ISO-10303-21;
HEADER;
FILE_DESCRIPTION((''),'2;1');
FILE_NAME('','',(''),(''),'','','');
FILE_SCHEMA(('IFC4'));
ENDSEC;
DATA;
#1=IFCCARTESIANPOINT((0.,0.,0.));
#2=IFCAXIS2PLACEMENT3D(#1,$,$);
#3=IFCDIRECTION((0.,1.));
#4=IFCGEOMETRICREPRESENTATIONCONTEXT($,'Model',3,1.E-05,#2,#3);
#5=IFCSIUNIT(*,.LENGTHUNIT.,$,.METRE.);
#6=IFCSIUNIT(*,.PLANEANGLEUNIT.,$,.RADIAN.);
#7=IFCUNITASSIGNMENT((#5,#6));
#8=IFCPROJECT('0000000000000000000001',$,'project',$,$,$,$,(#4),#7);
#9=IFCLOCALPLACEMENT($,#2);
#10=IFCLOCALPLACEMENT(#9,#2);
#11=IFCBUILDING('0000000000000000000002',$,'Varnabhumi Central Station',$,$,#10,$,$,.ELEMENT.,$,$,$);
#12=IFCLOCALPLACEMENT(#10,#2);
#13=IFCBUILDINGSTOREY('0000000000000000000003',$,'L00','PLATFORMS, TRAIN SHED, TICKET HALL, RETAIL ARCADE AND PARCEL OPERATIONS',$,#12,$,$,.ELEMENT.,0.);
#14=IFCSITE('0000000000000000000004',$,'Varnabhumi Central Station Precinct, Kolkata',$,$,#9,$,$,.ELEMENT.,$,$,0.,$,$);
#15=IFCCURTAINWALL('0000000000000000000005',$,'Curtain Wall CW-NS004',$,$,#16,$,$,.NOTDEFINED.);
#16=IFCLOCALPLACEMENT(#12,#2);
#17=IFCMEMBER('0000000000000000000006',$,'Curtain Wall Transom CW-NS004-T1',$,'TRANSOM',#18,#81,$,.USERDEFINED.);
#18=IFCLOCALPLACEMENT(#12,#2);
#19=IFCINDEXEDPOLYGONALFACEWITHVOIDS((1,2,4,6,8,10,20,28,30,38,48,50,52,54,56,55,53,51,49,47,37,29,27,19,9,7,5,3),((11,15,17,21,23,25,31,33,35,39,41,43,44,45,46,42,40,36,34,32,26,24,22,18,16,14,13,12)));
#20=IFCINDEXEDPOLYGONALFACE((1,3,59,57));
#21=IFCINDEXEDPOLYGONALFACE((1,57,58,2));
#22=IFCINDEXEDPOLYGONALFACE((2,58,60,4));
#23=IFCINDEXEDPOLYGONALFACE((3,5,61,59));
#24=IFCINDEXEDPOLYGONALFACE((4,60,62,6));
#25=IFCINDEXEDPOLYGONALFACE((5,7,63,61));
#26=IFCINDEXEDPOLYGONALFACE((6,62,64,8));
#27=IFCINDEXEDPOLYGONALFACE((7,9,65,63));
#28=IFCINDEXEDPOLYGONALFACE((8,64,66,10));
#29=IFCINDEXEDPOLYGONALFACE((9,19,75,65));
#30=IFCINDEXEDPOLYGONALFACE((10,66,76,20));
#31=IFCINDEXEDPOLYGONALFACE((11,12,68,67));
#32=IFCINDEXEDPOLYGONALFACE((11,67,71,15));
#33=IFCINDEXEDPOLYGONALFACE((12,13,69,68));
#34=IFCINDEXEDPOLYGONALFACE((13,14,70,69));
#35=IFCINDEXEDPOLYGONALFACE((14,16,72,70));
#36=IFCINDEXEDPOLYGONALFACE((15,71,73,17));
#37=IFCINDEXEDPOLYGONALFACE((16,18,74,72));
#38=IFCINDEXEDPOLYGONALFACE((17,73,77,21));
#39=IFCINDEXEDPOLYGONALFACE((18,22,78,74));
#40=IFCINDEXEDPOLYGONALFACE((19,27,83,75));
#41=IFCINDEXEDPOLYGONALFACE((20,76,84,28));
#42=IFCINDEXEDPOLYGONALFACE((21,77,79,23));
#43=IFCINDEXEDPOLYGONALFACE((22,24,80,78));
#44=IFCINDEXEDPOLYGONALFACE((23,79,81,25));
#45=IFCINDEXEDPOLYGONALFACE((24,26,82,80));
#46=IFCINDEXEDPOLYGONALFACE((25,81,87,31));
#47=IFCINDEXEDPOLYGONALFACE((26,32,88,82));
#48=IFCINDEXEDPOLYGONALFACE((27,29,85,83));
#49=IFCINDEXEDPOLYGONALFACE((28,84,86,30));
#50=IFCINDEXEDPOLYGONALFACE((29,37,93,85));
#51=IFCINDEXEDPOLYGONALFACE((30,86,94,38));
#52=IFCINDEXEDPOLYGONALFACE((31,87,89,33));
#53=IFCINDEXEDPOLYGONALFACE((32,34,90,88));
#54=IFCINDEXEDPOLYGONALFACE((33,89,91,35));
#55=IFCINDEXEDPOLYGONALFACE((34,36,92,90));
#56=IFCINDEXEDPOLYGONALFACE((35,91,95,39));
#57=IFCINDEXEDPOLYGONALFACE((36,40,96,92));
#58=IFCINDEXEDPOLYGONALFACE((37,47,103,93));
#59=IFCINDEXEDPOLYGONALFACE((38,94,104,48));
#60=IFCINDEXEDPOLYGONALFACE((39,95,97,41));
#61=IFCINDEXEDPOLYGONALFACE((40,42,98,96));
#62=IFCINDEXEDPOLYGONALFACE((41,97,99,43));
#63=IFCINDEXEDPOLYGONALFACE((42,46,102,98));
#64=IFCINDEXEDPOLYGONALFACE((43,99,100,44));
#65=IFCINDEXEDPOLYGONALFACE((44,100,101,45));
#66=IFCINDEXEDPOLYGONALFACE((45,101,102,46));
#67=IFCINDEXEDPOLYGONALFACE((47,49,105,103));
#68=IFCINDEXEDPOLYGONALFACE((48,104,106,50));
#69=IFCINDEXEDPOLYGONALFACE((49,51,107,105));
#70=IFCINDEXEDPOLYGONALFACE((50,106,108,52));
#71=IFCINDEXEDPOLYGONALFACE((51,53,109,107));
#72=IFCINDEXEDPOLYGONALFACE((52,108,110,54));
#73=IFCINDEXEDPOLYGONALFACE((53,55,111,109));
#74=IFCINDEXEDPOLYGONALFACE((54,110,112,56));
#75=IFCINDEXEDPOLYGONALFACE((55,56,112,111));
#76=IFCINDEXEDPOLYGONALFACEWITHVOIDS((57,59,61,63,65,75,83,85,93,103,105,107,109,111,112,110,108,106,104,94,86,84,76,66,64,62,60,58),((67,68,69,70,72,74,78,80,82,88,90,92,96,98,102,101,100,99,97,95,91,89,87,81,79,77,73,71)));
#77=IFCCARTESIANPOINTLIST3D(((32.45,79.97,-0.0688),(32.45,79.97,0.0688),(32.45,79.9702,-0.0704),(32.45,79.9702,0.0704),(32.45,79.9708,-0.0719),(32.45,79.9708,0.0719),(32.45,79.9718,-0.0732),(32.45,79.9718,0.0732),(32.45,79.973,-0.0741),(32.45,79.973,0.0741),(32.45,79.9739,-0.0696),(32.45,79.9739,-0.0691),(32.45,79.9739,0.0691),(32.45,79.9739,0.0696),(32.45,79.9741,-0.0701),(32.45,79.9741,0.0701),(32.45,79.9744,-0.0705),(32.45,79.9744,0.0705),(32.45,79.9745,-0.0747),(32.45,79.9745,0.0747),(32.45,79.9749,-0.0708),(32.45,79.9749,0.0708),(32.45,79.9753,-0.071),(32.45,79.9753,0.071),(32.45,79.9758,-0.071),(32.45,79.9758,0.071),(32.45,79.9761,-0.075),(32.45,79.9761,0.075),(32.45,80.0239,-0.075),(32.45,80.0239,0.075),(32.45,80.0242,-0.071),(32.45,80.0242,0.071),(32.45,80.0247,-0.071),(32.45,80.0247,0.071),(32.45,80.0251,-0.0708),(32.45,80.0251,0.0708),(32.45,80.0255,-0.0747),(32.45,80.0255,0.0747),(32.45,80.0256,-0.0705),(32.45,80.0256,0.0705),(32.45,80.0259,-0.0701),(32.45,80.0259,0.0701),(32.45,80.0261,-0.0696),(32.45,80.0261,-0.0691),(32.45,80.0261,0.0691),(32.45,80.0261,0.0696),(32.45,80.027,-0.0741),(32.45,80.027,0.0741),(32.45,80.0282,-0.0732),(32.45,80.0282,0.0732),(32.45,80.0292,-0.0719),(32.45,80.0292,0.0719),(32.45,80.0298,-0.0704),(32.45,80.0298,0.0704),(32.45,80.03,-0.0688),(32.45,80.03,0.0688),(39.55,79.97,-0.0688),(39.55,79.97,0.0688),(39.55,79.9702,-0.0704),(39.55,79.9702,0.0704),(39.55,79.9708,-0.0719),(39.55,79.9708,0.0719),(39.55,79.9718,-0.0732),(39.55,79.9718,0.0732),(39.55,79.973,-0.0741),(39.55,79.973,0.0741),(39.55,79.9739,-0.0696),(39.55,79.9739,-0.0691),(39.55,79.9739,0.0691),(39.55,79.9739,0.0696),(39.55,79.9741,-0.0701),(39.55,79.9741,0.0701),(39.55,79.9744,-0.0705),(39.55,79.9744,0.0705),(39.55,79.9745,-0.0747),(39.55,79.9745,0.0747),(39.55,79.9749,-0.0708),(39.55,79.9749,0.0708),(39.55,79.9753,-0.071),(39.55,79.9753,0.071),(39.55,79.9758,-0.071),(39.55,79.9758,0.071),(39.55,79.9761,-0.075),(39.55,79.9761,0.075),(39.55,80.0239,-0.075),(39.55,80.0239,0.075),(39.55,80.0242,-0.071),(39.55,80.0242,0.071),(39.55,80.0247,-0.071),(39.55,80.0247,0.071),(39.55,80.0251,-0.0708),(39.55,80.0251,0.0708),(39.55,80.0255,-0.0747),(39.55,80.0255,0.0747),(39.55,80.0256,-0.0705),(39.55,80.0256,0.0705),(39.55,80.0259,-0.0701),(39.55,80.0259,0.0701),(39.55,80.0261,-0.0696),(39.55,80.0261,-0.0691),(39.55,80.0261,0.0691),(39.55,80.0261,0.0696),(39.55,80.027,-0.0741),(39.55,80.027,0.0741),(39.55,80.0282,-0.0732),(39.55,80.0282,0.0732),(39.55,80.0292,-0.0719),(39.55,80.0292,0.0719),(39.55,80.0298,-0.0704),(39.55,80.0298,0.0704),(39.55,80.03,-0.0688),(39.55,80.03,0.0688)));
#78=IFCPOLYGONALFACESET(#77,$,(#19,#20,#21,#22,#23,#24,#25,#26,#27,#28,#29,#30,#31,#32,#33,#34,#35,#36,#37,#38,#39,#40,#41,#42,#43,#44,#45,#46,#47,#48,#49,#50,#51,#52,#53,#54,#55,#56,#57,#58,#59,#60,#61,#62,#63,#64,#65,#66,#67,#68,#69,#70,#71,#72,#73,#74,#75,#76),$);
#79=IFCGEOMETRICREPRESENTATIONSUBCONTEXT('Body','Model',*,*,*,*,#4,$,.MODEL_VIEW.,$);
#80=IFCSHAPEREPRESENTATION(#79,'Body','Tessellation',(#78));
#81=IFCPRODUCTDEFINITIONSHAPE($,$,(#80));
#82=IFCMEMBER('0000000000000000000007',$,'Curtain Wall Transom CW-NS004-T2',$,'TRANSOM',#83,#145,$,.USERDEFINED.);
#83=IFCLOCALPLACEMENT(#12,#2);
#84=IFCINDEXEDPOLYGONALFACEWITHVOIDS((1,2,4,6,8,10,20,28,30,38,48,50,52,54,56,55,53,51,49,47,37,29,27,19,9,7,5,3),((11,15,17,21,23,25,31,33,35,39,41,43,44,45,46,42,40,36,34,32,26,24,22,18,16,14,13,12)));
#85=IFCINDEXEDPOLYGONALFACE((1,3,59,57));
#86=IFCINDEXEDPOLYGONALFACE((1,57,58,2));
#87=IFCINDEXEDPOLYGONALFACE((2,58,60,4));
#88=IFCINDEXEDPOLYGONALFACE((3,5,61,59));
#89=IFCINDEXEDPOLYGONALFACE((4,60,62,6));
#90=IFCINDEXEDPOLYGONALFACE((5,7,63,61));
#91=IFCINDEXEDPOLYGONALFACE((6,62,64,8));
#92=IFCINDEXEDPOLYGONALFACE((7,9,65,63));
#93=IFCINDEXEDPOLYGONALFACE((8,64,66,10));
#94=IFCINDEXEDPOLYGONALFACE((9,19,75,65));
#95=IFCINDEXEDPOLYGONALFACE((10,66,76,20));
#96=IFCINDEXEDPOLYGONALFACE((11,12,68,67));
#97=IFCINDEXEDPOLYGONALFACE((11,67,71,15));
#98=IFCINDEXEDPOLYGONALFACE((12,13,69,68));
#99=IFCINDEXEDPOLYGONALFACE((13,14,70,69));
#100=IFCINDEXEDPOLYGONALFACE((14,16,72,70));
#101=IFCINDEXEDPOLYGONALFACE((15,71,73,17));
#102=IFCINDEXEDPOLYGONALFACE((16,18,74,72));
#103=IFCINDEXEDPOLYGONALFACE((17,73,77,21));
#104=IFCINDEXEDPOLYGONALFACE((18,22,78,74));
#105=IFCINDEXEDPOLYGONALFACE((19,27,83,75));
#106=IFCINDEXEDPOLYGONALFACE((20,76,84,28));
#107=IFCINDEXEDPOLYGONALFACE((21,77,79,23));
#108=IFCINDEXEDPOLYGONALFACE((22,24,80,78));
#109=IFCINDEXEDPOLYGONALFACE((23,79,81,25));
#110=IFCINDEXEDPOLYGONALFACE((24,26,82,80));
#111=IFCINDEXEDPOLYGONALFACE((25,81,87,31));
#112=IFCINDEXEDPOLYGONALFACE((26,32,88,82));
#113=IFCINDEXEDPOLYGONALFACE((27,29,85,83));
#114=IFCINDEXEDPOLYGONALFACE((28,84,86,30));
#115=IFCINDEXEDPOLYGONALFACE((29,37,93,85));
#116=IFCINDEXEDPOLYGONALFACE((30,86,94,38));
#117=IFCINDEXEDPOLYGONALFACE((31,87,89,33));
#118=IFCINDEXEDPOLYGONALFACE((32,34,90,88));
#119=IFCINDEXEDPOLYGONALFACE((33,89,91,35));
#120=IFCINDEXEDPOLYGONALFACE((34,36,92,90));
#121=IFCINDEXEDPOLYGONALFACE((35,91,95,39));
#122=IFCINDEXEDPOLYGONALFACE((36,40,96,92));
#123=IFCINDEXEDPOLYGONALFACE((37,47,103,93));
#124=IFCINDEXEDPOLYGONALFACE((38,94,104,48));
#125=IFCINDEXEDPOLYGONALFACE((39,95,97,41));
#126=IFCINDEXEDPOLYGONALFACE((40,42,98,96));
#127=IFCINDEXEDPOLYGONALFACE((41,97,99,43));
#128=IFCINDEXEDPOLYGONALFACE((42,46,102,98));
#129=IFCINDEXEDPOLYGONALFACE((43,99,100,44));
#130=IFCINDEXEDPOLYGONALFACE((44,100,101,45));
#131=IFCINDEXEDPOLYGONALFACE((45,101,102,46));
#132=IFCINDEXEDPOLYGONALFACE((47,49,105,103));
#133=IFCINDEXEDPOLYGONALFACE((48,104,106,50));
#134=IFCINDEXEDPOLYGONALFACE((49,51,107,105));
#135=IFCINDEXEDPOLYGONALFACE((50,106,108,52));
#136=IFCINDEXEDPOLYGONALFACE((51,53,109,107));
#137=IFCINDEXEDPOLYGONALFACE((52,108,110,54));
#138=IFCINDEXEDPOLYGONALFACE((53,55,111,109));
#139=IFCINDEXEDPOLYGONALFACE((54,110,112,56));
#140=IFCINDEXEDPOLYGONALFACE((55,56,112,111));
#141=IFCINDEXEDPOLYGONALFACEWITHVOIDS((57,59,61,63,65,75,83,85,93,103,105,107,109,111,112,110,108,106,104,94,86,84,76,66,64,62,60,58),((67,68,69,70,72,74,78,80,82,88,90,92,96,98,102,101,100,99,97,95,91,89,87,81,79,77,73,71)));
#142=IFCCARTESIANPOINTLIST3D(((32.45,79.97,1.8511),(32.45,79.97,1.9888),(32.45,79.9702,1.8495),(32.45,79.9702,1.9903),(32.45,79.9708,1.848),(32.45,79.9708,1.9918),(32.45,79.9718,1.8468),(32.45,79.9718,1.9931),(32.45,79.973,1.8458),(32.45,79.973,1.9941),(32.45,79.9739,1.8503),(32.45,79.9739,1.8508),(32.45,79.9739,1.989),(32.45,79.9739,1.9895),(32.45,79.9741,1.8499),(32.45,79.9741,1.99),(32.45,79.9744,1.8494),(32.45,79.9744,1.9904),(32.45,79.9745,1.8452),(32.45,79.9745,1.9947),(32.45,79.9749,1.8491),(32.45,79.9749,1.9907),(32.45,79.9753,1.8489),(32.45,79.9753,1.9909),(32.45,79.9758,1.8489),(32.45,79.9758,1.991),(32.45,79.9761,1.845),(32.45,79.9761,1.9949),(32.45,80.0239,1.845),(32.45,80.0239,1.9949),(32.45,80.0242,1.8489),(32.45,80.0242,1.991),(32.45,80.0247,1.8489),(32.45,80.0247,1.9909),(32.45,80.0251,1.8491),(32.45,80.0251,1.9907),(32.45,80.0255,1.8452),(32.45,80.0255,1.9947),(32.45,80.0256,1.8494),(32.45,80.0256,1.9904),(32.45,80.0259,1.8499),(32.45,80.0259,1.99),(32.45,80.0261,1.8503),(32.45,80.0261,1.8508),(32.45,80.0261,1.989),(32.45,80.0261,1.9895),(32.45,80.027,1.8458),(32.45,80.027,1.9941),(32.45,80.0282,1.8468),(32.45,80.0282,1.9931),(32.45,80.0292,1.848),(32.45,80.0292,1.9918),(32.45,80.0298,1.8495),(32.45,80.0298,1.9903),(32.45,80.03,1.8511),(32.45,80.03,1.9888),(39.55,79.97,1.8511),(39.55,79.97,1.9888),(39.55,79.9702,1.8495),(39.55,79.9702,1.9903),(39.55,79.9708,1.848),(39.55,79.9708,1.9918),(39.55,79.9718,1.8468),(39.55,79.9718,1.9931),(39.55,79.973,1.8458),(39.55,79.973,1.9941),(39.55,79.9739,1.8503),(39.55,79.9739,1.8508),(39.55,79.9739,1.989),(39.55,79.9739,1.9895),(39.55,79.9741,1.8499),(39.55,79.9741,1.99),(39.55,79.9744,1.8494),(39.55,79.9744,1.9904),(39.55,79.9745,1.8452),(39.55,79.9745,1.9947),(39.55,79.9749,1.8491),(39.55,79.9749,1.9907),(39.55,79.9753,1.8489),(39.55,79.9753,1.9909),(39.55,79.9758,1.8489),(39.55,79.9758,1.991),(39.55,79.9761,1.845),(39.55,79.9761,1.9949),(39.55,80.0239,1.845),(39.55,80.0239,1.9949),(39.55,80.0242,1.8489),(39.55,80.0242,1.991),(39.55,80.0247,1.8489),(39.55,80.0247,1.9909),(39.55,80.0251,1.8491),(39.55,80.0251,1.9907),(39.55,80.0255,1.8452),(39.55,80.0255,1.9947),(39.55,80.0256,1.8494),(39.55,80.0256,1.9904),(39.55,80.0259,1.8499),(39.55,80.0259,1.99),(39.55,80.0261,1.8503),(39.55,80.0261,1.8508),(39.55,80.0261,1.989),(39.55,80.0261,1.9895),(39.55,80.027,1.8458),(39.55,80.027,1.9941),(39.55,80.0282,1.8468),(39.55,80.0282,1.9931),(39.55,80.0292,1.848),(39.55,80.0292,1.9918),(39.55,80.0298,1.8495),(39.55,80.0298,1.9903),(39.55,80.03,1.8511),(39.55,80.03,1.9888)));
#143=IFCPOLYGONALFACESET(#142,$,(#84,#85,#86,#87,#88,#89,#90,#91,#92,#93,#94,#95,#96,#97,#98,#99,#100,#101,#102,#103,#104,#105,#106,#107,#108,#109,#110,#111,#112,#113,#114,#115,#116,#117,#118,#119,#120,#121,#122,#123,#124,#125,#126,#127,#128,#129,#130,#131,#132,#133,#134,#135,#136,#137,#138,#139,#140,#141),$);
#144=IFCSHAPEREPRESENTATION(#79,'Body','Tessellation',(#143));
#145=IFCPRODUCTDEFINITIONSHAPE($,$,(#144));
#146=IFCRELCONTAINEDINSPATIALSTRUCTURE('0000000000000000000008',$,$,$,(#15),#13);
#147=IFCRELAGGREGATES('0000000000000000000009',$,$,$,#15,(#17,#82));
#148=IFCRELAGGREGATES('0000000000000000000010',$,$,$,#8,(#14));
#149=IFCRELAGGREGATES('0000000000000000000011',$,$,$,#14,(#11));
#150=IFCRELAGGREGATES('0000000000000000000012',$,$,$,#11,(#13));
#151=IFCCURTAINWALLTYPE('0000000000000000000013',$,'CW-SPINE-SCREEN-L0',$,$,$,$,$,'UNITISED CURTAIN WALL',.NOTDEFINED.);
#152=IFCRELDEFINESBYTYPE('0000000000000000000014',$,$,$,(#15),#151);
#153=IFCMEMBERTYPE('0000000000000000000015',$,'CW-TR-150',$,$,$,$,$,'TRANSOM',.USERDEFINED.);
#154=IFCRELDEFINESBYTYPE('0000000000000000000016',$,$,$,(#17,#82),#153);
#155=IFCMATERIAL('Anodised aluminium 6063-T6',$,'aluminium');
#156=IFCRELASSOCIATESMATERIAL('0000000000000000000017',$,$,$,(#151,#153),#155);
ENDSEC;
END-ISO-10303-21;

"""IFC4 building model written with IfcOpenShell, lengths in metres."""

from ifc_helpers import new_model, si_unit, direction, frame, origin, origin_2d, place, context, subcontext, project, spatial, hollow_rectangle, extrude, material, material_profile, profile_set, type_object, element, aggregate, save


model = new_model("IFC4")

# Units and contexts
model_context = context("Model", 3, precision=1e-05, world=origin(), true_north=direction((0.0, 1.0)))
body_context = subcontext(model_context, "Body", "Model", "MODEL_VIEW")
ifc_project = project(units=[si_unit("LENGTHUNIT", "METRE"), si_unit("PLANEANGLEUNIT", "RADIAN")], contexts=[model_context])

# Site, building, storey
site_placement = place(None, origin())
site = spatial("IfcSite", under=ifc_project, at=site_placement, Name="Varnabhumi Central Station Precinct, Kolkata", CompositionType="ELEMENT", RefElevation=0.0)
building_placement = place(site_placement, origin())
building = spatial("IfcBuilding", under=site, at=building_placement, Name="Varnabhumi Central Station", CompositionType="ELEMENT")
storey_placement = place(building_placement, origin())
storey = spatial("IfcBuildingStorey", under=building, at=storey_placement, Name="L00", Description="PLATFORMS, TRAIN SHED, TICKET HALL, RETAIL ARCADE AND PARCEL OPERATIONS", CompositionType="ELEMENT", Elevation=0.0)

# Curtain wall, members
ifc_material_1 = material(Name="Anodised aluminium 6063-T6", Category="aluminium")
curtain_wall_type = type_object("IfcCurtainWallType", Name="CW-SPINE-SCREEN-L0", ElementType="UNITISED CURTAIN WALL", PredefinedType="NOTDEFINED", material=ifc_material_1)
curtain_wall_placement = place(storey_placement, origin())
curtain_wall = element("IfcCurtainWall", 1, at=curtain_wall_placement, inside=storey, type_object=curtain_wall_type, Name="Curtain Wall CW-NS004", PredefinedType="NOTDEFINED")
ifc_material_profile_1 = material_profile(ifc_material_1, hollow_rectangle(XDim=0.0601, YDim=0.1499, WallThickness=0.0039, InnerFilletRadius=0.002, OuterFilletRadius=0.0061, at=origin_2d()), Name="Anodised aluminium 6063-T6", Category="aluminium")
ifc_profile_set_1 = profile_set([ifc_material_profile_1], Name="Anodised aluminium 6063-T6")
member_type_1 = type_object("IfcMemberType", Name="CW-TR-150", ElementType="TRANSOM", PredefinedType="USERDEFINED", material=ifc_profile_set_1)
member_1_placement = place(storey_placement, frame((32.45, 80.0, 0.0), z_axis=(1.0, 0.0, 0.0), x_axis=(0.0, 1.0, 0.0)))
member_1 = element("IfcMember", 2, at=member_1_placement, type_object=member_type_1, Name="Curtain Wall Transom CW-NS004-T1", ObjectType="TRANSOM", PredefinedType="USERDEFINED", context=body_context, shape_type="SweptSolid", body=[
    extrude(hollow_rectangle(XDim=0.0601, YDim=0.1499, WallThickness=0.0039, InnerFilletRadius=0.002, OuterFilletRadius=0.0061, at=origin_2d()), origin(), (0.0, 0.0, 1.0), 7.1001),
])
member_2_placement = place(storey_placement, frame((32.45, 80.0, 1.9199), z_axis=(1.0, 0.0, 0.0), x_axis=(0.0, 1.0, 0.0)))
member_2 = element("IfcMember", 3, at=member_2_placement, type_object=member_type_1, Name="Curtain Wall Transom CW-NS004-T2", ObjectType="TRANSOM", PredefinedType="USERDEFINED", context=body_context, shape_type="SweptSolid", body=[
    extrude(hollow_rectangle(XDim=0.0601, YDim=0.1499, WallThickness=0.0039, InnerFilletRadius=0.002, OuterFilletRadius=0.0061, at=origin_2d()), origin(), (0.0, 0.0, 1.0), 7.1001),
])
aggregate(curtain_wall, [member_1, member_2])

save(model, "model.ifc")
